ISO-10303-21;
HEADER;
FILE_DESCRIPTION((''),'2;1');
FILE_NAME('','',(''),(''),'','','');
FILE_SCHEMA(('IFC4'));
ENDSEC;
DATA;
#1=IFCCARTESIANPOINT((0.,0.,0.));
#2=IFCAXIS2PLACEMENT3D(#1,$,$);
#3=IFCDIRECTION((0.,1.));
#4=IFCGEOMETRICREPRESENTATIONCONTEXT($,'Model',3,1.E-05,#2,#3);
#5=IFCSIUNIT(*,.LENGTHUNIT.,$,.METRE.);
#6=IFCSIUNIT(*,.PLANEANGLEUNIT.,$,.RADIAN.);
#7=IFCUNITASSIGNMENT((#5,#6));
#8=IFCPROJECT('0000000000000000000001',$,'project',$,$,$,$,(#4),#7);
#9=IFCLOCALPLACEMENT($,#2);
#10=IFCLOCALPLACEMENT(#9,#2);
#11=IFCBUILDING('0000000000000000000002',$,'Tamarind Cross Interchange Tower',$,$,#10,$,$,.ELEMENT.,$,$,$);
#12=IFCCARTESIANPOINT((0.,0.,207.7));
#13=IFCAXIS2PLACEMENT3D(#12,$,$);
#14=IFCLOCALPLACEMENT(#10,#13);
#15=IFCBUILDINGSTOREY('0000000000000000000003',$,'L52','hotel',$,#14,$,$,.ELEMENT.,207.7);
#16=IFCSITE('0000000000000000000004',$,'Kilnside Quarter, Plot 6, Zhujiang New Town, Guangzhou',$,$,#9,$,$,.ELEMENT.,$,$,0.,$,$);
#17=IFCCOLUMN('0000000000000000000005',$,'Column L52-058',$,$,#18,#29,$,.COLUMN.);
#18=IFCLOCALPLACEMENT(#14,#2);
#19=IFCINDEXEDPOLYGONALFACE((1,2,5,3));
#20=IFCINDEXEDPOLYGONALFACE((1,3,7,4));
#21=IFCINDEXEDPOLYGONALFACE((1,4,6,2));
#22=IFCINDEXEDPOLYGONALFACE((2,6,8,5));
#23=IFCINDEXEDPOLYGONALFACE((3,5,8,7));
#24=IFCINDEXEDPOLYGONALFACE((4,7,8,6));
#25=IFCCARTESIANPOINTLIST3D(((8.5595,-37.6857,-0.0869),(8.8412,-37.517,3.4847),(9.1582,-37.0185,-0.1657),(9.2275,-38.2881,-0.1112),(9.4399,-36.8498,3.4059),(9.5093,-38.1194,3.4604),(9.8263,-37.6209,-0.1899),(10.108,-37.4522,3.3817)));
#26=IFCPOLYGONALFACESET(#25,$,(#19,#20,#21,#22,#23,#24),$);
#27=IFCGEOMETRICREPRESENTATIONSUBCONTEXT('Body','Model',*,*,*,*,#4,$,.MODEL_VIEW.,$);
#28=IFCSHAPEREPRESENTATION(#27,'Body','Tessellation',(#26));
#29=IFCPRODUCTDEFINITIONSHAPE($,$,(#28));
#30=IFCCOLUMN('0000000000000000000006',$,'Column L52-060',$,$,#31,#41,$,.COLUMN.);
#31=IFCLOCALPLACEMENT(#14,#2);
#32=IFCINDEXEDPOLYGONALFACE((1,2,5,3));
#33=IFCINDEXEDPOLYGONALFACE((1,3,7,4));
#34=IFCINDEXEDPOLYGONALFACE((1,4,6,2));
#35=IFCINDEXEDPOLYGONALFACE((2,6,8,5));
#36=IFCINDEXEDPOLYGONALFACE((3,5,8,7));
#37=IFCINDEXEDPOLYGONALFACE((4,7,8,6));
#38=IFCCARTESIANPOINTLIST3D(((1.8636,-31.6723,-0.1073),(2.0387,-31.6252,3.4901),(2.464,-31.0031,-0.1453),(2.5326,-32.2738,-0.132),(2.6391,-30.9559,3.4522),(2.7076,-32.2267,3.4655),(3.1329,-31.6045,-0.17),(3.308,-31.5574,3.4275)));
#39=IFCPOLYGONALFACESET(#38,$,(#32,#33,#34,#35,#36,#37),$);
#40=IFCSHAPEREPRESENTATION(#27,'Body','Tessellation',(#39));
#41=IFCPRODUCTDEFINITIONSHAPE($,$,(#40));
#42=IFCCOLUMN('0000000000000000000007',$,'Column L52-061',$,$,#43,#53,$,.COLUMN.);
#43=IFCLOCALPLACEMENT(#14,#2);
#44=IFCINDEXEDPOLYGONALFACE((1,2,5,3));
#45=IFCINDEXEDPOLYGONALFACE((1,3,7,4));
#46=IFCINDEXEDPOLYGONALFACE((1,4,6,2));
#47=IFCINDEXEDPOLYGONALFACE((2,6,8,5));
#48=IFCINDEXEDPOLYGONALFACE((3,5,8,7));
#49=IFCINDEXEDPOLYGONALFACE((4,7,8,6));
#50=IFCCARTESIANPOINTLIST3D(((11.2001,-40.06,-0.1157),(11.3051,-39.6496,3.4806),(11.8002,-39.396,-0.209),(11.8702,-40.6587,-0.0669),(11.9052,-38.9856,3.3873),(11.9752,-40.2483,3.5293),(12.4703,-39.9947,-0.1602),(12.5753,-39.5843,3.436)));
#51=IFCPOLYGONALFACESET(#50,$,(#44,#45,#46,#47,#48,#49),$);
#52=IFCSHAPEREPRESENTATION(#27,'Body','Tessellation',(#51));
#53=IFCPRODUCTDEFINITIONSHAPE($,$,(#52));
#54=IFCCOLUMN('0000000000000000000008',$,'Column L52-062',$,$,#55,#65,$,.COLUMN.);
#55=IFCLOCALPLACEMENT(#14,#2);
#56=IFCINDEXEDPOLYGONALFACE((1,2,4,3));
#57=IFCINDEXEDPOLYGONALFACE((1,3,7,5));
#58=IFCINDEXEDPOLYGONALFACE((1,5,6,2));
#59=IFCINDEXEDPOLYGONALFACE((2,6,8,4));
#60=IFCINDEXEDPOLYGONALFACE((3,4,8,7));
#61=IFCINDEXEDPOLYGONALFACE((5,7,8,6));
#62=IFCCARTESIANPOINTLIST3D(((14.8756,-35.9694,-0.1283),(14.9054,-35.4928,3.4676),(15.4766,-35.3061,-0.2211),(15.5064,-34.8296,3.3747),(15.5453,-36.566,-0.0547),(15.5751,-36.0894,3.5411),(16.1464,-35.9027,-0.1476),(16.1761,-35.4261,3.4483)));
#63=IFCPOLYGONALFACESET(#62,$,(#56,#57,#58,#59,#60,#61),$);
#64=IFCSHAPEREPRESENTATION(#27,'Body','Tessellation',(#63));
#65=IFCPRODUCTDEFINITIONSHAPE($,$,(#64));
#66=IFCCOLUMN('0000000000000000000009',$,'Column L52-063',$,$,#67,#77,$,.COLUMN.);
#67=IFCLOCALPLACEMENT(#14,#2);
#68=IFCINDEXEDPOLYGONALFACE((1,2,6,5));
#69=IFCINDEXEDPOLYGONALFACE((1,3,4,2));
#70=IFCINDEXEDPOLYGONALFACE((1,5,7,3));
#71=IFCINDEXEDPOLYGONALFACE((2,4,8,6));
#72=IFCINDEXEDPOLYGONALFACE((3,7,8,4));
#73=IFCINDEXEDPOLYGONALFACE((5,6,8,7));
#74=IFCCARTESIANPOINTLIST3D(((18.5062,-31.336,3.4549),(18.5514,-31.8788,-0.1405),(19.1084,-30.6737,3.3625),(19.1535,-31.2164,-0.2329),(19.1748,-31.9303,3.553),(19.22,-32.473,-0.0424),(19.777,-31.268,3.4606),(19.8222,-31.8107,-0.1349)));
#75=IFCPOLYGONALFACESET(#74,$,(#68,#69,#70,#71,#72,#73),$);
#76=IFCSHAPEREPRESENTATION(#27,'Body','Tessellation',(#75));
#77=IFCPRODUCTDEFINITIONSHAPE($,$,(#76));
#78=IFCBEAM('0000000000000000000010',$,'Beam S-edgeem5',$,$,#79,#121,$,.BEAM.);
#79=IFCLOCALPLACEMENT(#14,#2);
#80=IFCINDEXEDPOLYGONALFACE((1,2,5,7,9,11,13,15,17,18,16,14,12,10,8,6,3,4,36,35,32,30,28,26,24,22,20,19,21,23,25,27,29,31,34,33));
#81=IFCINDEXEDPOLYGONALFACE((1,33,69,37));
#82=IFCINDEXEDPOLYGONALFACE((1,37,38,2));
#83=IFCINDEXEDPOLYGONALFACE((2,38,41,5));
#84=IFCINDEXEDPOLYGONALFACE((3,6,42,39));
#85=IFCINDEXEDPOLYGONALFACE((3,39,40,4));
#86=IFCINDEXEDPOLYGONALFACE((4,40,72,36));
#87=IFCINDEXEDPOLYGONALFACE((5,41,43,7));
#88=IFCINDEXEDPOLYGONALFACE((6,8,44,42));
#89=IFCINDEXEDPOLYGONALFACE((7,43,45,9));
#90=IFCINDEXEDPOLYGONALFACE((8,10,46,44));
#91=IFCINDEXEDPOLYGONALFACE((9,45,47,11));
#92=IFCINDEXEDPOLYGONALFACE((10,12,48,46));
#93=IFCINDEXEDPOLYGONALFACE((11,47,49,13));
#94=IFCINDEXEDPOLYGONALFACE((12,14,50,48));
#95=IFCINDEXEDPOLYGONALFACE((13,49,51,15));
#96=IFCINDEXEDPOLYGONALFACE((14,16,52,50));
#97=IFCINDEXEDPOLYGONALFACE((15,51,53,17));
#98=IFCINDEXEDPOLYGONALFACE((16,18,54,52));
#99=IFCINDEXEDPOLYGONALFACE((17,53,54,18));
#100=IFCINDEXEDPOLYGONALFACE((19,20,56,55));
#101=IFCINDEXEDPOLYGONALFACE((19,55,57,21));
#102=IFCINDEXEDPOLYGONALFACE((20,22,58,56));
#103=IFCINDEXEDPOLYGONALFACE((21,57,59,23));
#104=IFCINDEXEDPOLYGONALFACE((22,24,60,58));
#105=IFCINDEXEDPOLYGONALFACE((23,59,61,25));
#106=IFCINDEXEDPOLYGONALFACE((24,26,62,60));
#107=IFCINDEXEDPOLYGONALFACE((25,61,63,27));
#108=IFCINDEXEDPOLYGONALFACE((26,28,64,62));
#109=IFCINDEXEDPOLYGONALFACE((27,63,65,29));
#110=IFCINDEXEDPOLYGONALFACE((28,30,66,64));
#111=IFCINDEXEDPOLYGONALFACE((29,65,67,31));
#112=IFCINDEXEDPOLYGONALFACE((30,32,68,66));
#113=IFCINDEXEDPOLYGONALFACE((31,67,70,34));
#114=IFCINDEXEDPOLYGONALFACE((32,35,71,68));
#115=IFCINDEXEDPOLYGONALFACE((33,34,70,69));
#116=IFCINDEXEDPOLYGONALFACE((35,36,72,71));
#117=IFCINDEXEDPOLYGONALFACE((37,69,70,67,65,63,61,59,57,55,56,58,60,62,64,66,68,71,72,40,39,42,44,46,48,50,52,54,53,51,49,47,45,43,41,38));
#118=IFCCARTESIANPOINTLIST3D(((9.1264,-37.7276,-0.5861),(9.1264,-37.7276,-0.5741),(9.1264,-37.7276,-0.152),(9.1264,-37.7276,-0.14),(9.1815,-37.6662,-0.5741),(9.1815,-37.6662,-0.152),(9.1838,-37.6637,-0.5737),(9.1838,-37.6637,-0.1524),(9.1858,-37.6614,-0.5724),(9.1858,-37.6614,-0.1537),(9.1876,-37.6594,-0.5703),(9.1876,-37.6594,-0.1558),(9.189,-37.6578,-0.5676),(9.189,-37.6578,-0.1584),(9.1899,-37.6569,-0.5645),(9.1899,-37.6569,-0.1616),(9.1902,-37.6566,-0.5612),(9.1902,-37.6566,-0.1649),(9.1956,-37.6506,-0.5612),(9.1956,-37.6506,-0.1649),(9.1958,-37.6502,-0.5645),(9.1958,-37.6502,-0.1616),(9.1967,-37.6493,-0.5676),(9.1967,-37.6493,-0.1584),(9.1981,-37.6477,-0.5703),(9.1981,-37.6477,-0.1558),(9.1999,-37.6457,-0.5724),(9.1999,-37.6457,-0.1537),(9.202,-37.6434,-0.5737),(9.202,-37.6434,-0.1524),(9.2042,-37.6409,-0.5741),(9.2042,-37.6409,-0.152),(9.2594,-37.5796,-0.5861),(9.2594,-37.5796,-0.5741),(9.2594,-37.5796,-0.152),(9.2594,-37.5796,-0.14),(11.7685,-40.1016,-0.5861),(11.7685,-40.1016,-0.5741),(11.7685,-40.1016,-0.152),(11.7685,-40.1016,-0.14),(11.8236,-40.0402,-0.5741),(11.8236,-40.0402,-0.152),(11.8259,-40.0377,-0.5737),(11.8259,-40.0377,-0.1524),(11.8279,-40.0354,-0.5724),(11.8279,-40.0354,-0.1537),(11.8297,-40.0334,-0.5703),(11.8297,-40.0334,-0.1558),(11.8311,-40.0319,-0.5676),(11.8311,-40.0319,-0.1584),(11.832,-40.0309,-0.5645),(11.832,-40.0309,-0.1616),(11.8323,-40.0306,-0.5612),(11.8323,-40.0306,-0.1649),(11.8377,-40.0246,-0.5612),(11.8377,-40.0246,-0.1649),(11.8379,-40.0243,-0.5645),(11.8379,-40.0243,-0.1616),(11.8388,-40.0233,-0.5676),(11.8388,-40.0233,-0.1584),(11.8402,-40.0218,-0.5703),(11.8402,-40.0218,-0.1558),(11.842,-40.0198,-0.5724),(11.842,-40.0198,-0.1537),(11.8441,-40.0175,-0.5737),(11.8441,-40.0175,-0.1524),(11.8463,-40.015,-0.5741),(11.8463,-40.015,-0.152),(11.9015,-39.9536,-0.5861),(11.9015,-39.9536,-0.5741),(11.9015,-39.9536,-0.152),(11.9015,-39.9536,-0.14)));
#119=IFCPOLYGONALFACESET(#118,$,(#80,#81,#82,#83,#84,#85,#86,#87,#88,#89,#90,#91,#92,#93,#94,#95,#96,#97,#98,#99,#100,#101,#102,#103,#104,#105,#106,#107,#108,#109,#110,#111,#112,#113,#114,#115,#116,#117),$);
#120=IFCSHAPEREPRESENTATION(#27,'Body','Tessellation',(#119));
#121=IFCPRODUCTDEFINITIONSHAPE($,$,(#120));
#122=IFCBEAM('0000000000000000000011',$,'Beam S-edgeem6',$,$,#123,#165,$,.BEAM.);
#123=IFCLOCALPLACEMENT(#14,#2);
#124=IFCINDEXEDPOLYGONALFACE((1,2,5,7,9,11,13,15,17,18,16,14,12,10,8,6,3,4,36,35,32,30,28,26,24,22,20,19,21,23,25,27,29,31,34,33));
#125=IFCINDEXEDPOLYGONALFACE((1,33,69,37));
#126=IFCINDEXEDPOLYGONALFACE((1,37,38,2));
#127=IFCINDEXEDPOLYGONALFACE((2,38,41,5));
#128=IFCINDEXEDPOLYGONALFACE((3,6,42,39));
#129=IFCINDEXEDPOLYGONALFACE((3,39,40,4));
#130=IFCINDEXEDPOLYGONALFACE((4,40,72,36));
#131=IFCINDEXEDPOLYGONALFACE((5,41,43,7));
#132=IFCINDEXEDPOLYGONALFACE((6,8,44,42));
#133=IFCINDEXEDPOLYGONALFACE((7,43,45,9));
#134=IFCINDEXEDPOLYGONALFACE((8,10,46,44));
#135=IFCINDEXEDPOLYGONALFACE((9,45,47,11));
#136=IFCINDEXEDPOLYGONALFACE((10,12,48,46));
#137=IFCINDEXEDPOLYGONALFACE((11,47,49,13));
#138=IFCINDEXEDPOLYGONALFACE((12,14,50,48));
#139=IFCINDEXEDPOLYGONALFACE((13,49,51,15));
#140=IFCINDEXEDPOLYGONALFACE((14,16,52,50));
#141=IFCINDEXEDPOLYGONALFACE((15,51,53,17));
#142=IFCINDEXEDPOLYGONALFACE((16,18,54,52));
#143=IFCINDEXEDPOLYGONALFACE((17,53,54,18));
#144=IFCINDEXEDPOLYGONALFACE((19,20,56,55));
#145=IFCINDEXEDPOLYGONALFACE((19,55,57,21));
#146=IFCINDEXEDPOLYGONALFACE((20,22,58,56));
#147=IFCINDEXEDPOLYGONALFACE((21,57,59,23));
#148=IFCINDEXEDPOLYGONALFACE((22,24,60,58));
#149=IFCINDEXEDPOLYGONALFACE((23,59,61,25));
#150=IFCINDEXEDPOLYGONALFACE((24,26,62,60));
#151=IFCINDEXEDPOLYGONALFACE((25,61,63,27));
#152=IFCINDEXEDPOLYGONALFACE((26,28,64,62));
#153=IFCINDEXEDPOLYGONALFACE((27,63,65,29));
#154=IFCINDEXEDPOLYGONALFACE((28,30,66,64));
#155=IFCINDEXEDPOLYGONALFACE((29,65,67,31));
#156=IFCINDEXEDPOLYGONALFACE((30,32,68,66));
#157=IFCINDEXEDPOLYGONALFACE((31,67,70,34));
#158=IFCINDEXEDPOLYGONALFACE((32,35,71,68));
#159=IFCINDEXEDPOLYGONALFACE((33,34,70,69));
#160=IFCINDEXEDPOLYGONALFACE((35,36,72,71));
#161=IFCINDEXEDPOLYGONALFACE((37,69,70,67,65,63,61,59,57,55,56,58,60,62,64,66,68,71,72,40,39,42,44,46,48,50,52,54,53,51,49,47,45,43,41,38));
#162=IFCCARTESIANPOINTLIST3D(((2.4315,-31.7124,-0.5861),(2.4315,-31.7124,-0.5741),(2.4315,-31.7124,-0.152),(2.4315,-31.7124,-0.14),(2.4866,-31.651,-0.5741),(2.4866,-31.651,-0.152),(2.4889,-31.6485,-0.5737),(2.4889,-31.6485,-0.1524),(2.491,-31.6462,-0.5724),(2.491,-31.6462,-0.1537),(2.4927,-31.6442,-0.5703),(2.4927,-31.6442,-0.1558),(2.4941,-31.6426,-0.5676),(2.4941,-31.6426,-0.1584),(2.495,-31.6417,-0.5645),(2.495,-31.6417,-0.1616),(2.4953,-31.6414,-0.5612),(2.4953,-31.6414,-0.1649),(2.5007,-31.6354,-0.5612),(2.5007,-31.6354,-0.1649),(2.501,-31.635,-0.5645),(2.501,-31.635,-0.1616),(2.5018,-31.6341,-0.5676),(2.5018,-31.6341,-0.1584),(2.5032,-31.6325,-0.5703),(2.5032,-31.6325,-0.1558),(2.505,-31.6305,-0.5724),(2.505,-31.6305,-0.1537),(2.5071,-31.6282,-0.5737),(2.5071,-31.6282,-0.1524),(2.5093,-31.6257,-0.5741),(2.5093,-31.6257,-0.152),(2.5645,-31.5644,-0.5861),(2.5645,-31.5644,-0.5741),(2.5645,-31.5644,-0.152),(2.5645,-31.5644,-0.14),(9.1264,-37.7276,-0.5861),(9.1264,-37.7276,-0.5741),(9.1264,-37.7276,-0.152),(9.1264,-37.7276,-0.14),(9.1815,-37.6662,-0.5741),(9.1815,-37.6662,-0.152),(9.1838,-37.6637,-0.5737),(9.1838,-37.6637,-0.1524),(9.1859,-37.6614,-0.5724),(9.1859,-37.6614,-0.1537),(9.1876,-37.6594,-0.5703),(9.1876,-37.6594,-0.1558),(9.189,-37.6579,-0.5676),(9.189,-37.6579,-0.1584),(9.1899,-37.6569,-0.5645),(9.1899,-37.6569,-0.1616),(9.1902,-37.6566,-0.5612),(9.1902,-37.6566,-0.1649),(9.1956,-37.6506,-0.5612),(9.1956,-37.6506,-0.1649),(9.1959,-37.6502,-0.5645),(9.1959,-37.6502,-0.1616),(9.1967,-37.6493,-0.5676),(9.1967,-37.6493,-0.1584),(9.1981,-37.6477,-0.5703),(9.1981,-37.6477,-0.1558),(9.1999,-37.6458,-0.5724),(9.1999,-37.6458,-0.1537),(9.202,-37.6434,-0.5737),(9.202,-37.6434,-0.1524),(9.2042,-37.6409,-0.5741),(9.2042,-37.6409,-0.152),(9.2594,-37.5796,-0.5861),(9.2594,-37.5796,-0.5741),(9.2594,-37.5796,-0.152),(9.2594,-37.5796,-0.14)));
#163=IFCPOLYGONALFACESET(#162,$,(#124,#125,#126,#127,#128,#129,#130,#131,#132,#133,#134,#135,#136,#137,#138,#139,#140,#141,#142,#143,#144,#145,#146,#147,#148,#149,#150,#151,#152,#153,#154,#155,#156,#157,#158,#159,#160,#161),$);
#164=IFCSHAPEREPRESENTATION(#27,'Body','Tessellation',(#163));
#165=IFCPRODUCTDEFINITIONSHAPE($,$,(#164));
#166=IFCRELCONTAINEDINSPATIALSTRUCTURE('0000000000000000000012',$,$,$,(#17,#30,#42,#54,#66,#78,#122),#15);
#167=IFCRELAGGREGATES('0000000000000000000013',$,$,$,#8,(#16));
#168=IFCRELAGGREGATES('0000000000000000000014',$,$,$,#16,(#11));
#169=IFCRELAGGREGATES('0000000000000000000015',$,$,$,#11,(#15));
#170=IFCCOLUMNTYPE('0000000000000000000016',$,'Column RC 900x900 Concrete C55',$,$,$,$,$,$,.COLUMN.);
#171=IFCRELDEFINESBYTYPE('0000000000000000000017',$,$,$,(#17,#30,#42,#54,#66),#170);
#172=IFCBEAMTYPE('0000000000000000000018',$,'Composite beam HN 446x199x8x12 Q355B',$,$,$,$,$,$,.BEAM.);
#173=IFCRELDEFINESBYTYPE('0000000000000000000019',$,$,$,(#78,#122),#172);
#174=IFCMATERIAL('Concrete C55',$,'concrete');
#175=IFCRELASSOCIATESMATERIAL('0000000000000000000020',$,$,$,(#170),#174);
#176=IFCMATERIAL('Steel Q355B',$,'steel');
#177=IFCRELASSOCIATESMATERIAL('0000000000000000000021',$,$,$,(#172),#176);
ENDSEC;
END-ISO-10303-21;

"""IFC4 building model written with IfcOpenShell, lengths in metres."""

from ifc_helpers import new_model, si_unit, direction, frame, origin, origin_2d, place, context, subcontext, project, spatial, rectangle, i_section, extrude, material, material_profile, profile_set, type_object, element, save


model = new_model("IFC4")

# Units and contexts
model_context = context("Model", 3, precision=1e-05, world=origin(), true_north=direction((0.0, 1.0)))
body_context = subcontext(model_context, "Body", "Model", "MODEL_VIEW")
ifc_project = project(units=[si_unit("LENGTHUNIT", "METRE"), si_unit("PLANEANGLEUNIT", "RADIAN")], contexts=[model_context])

# Site, building, storey
site_placement = place(None, origin())
site = spatial("IfcSite", under=ifc_project, at=site_placement, Name="Kilnside Quarter, Plot 6, Zhujiang New Town, Guangzhou", CompositionType="ELEMENT", RefElevation=0.0)
building_placement = place(site_placement, origin())
building = spatial("IfcBuilding", under=site, at=building_placement, Name="Tamarind Cross Interchange Tower", CompositionType="ELEMENT")
storey_placement = place(building_placement, frame((0.0, 0.0, 207.7)))
storey = spatial("IfcBuildingStorey", under=building, at=storey_placement, Name="L52", Description="hotel", CompositionType="ELEMENT", Elevation=207.7)

# Columns
ifc_material_1 = material(Name="Concrete C55", Category="concrete")
ifc_material_profile_1 = material_profile(ifc_material_1, rectangle(XDim=0.8999, YDim=0.8999, at=origin_2d()), Name="RC 900x900")
ifc_profile_set_1 = profile_set([ifc_material_profile_1], Name="Concrete C55")
column_type = type_object("IfcColumnType", Name="Column RC 900x900 Concrete C55", PredefinedType="COLUMN", material=ifc_profile_set_1)
column_1_placement = place(storey_placement, frame((9.1929, -37.6533, -0.1384), z_axis=(0.078553, 0.047037, 0.9958), x_axis=(-0.742396, 0.66942, 0.026943)))
element("IfcColumn", 1, at=column_1_placement, inside=storey, type_object=column_type, Name="Column L52-058", PredefinedType="COLUMN", context=body_context, shape_type="SweptSolid", body=[
    extrude(rectangle(XDim=0.8999, YDim=0.8999, at=origin_2d()), origin(), (0.0, 0.0, 1.0), 3.5867),
])
column_2_placement = place(storey_placement, frame((2.4983, -31.6384, -0.1387), z_axis=(0.048598, 0.013081, 0.998733), x_axis=(-0.743338, 0.668354, 0.027416)))
element("IfcColumn", 2, at=column_2_placement, inside=storey, type_object=column_type, Name="Column L52-060", PredefinedType="COLUMN", context=body_context, shape_type="SweptSolid", body=[
    extrude(rectangle(XDim=0.8999, YDim=0.8999, at=origin_2d()), origin(), (0.0, 0.0, 1.0), 3.6021),
])
column_3_placement = place(storey_placement, frame((11.8352, -40.0273, -0.1379), z_axis=(0.028992, 0.113337, 0.993134), x_axis=(-0.666884, -0.737914, 0.103679)))
element("IfcColumn", 3, at=column_3_placement, inside=storey, type_object=column_type, Name="Column L52-061", PredefinedType="COLUMN", context=body_context, shape_type="SweptSolid", body=[
    extrude(rectangle(XDim=0.8999, YDim=0.8999, at=origin_2d()), origin(), (0.0, 0.0, 1.0), 3.6211),
])
column_4_placement = place(storey_placement, frame((15.511, -35.936, -0.1379), z_axis=(0.008211, 0.131375, 0.991299), x_axis=(-0.667884, -0.737074, 0.103215)))
element("IfcColumn", 4, at=column_4_placement, inside=storey, type_object=column_type, Name="Column L52-062", PredefinedType="COLUMN", context=body_context, shape_type="SweptSolid", body=[
    extrude(rectangle(XDim=0.8999, YDim=0.8999, at=origin_2d()), origin(), (0.0, 0.0, 1.0), 3.6274),
])
column_5_placement = place(storey_placement, frame((19.1868, -31.8447, -0.1377), z_axis=(-0.01242, 0.149245, 0.988722), x_axis=(-0.669171, -0.73598, 0.102688)))
element("IfcColumn", 5, at=column_5_placement, inside=storey, type_object=column_type, Name="Column L52-063", PredefinedType="COLUMN", context=body_context, shape_type="SweptSolid", body=[
    extrude(rectangle(XDim=0.8999, YDim=0.8999, at=origin_2d()), origin(), (0.0, 0.0, 1.0), 3.6365),
])

# Beams
ifc_material_2 = material(Name="Steel Q355B", Category="steel")
ifc_material_profile_2 = material_profile(ifc_material_2, i_section(OverallWidth=0.199, OverallDepth=0.446, WebThickness=0.0081, FlangeThickness=0.012, FilletRadius=0.0129, at=origin_2d()), Name="HN 446x199x8x12")
ifc_profile_set_2 = profile_set([ifc_material_profile_2], Name="Steel Q355B")
beam_type_1 = type_object("IfcBeamType", Name="Composite beam HN 446x199x8x12 Q355B", PredefinedType="BEAM", material=ifc_profile_set_2)
beam_1_placement = place(storey_placement, frame((11.835, -40.0276, -0.363), z_axis=(-0.743834, 0.668365, 0.0), x_axis=(-0.668365, -0.743834, 0.0)))
element("IfcBeam", 6, at=beam_1_placement, inside=storey, type_object=beam_type_1, Name="Beam S-edgeem5", PredefinedType="BEAM", context=body_context, shape_type="SweptSolid", body=[
    extrude(i_section(OverallWidth=0.199, OverallDepth=0.446, WebThickness=0.0081, FlangeThickness=0.012, FilletRadius=0.0129, at=origin_2d()), origin(), (0.0, 0.0, 1.0), 3.552),
])
beam_2_placement = place(storey_placement, frame((9.1929, -37.6536, -0.363), z_axis=(-0.743858, 0.668338, 0.0), x_axis=(-0.668338, -0.743858, 0.0)))
element("IfcBeam", 7, at=beam_2_placement, inside=storey, type_object=beam_type_1, Name="Beam S-edgeem6", PredefinedType="BEAM", context=body_context, shape_type="SweptSolid", body=[
    extrude(i_section(OverallWidth=0.199, OverallDepth=0.446, WebThickness=0.0081, FlangeThickness=0.012, FilletRadius=0.0129, at=origin_2d()), origin(), (0.0, 0.0, 1.0), 9.0002),
])

save(model, "model.ifc")
